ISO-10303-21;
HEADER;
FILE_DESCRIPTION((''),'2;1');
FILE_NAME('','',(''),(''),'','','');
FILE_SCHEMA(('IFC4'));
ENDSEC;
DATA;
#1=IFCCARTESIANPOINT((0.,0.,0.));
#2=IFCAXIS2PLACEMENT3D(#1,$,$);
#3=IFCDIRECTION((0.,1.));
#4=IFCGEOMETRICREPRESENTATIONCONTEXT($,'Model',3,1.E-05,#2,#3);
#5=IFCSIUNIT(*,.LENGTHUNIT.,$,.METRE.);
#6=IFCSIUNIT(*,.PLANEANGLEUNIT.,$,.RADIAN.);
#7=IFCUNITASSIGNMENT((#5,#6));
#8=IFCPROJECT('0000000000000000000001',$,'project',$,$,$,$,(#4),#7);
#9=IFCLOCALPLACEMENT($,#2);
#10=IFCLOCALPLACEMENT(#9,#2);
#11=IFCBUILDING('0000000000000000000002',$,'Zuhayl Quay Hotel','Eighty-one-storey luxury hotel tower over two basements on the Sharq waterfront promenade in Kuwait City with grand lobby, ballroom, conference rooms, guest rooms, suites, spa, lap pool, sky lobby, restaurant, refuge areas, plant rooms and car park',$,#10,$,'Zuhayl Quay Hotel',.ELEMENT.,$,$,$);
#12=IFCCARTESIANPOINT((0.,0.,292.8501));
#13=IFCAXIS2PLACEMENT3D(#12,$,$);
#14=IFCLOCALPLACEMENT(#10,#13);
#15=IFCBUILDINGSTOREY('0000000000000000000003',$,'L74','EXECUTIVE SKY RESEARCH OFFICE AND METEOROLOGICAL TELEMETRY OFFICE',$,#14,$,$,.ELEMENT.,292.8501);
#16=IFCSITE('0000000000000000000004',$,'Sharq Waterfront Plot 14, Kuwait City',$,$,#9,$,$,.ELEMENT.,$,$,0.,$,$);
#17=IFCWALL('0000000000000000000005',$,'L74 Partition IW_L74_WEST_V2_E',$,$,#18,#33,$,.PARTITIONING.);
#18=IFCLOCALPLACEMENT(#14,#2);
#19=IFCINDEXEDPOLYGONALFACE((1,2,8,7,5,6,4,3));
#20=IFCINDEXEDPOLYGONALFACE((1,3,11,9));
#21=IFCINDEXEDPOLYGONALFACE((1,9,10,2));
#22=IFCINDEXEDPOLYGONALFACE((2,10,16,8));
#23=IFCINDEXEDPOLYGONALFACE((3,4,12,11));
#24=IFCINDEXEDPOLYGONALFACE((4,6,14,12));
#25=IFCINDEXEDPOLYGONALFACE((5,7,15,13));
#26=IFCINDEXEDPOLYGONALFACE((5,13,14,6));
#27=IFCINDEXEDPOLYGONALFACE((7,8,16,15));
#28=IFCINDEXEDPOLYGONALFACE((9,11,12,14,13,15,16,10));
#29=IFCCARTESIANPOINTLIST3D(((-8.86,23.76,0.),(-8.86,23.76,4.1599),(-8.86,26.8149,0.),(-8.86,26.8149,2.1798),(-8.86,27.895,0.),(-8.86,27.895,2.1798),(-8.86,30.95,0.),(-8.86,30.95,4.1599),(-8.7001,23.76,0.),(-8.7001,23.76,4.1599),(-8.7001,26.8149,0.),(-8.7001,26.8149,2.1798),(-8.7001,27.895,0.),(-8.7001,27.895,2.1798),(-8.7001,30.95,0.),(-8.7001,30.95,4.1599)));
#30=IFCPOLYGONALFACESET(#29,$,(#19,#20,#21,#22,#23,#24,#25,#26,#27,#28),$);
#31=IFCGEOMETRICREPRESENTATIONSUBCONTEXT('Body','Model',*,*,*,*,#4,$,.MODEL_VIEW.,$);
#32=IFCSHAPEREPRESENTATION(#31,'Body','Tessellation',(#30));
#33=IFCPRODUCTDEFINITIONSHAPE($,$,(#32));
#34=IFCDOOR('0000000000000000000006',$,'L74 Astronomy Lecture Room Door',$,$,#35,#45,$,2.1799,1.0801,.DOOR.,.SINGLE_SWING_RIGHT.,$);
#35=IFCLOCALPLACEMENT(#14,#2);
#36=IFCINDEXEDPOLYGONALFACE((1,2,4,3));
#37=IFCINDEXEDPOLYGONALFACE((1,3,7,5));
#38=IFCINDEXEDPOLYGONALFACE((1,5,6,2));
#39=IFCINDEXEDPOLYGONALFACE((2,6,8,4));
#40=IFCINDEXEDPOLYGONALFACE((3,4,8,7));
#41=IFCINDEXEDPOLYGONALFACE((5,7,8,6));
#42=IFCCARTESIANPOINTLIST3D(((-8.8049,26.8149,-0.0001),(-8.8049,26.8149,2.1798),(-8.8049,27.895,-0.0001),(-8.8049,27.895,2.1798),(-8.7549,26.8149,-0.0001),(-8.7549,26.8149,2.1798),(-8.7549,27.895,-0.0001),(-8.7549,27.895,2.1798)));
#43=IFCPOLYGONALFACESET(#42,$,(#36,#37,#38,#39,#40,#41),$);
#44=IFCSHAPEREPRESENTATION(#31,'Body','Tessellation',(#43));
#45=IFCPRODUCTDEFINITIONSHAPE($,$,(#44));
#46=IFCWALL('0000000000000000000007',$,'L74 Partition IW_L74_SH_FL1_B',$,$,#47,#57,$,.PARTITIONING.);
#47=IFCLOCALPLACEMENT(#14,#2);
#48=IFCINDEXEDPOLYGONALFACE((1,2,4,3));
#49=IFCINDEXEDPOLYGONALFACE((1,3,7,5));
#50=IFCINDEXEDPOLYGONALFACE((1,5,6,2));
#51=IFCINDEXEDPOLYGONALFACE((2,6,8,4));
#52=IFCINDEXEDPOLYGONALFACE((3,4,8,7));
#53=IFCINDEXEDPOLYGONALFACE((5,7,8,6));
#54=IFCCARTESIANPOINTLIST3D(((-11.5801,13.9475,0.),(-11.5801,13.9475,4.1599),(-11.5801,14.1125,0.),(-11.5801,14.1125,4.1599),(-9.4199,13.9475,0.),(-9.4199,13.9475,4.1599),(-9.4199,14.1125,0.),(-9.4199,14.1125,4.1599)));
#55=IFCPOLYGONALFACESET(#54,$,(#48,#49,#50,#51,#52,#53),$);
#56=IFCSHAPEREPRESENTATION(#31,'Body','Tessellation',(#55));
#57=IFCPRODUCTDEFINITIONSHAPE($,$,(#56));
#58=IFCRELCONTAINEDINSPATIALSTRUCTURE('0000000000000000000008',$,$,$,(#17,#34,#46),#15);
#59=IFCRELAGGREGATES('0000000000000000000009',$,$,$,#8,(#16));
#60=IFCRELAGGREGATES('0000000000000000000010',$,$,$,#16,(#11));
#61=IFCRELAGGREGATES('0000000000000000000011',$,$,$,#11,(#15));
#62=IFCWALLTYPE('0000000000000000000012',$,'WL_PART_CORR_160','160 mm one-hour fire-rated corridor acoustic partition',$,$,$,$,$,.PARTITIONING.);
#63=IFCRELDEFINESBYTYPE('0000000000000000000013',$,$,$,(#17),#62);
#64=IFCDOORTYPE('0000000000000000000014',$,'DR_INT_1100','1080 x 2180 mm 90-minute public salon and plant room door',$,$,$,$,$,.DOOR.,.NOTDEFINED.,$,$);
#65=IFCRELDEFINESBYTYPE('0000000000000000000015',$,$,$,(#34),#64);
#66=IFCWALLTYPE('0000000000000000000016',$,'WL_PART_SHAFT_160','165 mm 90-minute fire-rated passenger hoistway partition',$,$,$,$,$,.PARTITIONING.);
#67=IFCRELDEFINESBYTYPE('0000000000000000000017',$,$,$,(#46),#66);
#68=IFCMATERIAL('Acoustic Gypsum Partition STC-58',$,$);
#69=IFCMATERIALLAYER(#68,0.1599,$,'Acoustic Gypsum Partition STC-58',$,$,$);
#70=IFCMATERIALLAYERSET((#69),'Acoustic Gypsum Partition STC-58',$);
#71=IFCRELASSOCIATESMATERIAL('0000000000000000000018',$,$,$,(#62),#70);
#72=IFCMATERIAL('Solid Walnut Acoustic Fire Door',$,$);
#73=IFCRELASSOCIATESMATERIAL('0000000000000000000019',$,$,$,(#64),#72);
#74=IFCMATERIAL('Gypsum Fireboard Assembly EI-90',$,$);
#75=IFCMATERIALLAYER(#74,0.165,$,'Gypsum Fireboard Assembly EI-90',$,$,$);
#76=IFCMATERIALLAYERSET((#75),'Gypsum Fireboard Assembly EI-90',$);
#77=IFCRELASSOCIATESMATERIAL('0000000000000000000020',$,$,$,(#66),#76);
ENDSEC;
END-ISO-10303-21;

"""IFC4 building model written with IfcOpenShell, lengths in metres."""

from ifc_helpers import new_model, si_unit, direction, frame, frame_2d, origin, place, context, subcontext, project, spatial, rectangle, extrude, material, layer, layer_set, type_object, element, fill, save


model = new_model("IFC4")

# Units and contexts
model_context = context("Model", 3, precision=1e-05, world=origin(), true_north=direction((0.0, 1.0)))
body_context = subcontext(model_context, "Body", "Model", "MODEL_VIEW")
ifc_project = project(units=[si_unit("LENGTHUNIT", "METRE"), si_unit("PLANEANGLEUNIT", "RADIAN")], contexts=[model_context])

# Site, building, storey
site_placement = place(None, origin())
site = spatial("IfcSite", under=ifc_project, at=site_placement, Name="Sharq Waterfront Plot 14, Kuwait City", CompositionType="ELEMENT", RefElevation=0.0)
building_placement = place(site_placement, origin())
building = spatial("IfcBuilding", under=site, at=building_placement, Name="Zuhayl Quay Hotel", Description="Eighty-one-storey luxury hotel tower over two basements on the Sharq waterfront promenade in Kuwait City with grand lobby, ballroom, conference rooms, guest rooms, suites, spa, lap pool, sky lobby, restaurant, refuge areas, plant rooms and car park", LongName="Zuhayl Quay Hotel", CompositionType="ELEMENT")
storey_placement = place(building_placement, frame((0.0, 0.0, 292.8501)))
storey = spatial("IfcBuildingStorey", under=building, at=storey_placement, Name="L74", Description="EXECUTIVE SKY RESEARCH OFFICE AND METEOROLOGICAL TELEMETRY OFFICE", CompositionType="ELEMENT", Elevation=292.8501)

# Shared definitions
ifc_material_1 = material(Name="Acoustic Gypsum Partition STC-58")

# Wall, opening, door
ifc_layer_1 = layer(ifc_material_1, 0.1599, Name="Acoustic Gypsum Partition STC-58")
ifc_layer_set_1 = layer_set([ifc_layer_1], Name="Acoustic Gypsum Partition STC-58")
wall_type_1 = type_object("IfcWallType", Name="WL_PART_CORR_160", Description="160 mm one-hour fire-rated corridor acoustic partition", PredefinedType="PARTITIONING", material=ifc_layer_set_1)
ifc_material_2 = material(Name="Solid Walnut Acoustic Fire Door")
door_type = type_object("IfcDoorType", Name="DR_INT_1100", Description="1080 x 2180 mm 90-minute public salon and plant room door", OperationType="NOTDEFINED", PredefinedType="DOOR", material=ifc_material_2)
wall_1_placement = place(storey_placement, frame((-8.78, 23.76, 0.0), z_axis=(0.0, 0.0, 1.0), x_axis=(0.0, 1.0, 0.0)))
wall_1 = element("IfcWall", 1, at=wall_1_placement, inside=storey, type_object=wall_type_1, Name="L74 Partition IW_L74_WEST_V2_E", PredefinedType="PARTITIONING", context=body_context, shape_type="SweptSolid", body=[
    extrude(rectangle(XDim=7.1899, YDim=0.1599, at=frame_2d((3.595, 0.0))), origin(), (0.0, 0.0, 1.0), 4.1599),
])
opening_1_placement = place(wall_1_placement, frame((3.0549, 0.0, 0.0)))
opening_1 = element("IfcOpeningElement", 2, at=opening_1_placement, cuts=wall_1, PredefinedType="OPENING", context=body_context, shape_type="SweptSolid", body=[
    extrude(rectangle(XDim=1.0801, YDim=2.1799, at=frame_2d((0.54, 1.0898))), frame((0.0, 0.0898, 0.0), z_axis=(0.0, -1.0, 0.0), x_axis=(1.0, 0.0, 0.0)), (0.0, 0.0, 1.0), 0.1799),
])
door_1_placement = place(opening_1_placement, origin())
door_1 = element("IfcDoor", 3, at=door_1_placement, inside=storey, type_object=door_type, Name="L74 Astronomy Lecture Room Door", OperationType="SINGLE_SWING_RIGHT", OverallHeight=2.1799, OverallWidth=1.0801, PredefinedType="DOOR", context=body_context, shape_type="SweptSolid", body=[
    extrude(rectangle(XDim=1.0801, YDim=2.1799, at=frame_2d((0.54, 1.0898))), frame((0.0, 0.0249, 0.0), z_axis=(0.0, -1.0, 0.0), x_axis=(1.0, 0.0, 0.0)), (0.0, 0.0, 1.0), 0.05),
])
fill(opening_1, door_1)

# Wall
ifc_material_3 = material(Name="Gypsum Fireboard Assembly EI-90")
ifc_layer_2 = layer(ifc_material_3, 0.165, Name="Gypsum Fireboard Assembly EI-90")
ifc_layer_set_2 = layer_set([ifc_layer_2], Name="Gypsum Fireboard Assembly EI-90")
wall_type_2 = type_object("IfcWallType", Name="WL_PART_SHAFT_160", Description="165 mm 90-minute fire-rated passenger hoistway partition", PredefinedType="PARTITIONING", material=ifc_layer_set_2)
wall_2_placement = place(storey_placement, frame((-11.5801, 14.03, 0.0), z_axis=(0.0, 0.0, 1.0), x_axis=(1.0, 0.0, 0.0)))
element("IfcWall", 4, at=wall_2_placement, inside=storey, type_object=wall_type_2, Name="L74 Partition IW_L74_SH_FL1_B", PredefinedType="PARTITIONING", context=body_context, shape_type="SweptSolid", body=[
    extrude(rectangle(XDim=2.1602, YDim=0.165, at=frame_2d((1.0801, 0.0))), origin(), (0.0, 0.0, 1.0), 4.1599),
])

save(model, "model.ifc")
